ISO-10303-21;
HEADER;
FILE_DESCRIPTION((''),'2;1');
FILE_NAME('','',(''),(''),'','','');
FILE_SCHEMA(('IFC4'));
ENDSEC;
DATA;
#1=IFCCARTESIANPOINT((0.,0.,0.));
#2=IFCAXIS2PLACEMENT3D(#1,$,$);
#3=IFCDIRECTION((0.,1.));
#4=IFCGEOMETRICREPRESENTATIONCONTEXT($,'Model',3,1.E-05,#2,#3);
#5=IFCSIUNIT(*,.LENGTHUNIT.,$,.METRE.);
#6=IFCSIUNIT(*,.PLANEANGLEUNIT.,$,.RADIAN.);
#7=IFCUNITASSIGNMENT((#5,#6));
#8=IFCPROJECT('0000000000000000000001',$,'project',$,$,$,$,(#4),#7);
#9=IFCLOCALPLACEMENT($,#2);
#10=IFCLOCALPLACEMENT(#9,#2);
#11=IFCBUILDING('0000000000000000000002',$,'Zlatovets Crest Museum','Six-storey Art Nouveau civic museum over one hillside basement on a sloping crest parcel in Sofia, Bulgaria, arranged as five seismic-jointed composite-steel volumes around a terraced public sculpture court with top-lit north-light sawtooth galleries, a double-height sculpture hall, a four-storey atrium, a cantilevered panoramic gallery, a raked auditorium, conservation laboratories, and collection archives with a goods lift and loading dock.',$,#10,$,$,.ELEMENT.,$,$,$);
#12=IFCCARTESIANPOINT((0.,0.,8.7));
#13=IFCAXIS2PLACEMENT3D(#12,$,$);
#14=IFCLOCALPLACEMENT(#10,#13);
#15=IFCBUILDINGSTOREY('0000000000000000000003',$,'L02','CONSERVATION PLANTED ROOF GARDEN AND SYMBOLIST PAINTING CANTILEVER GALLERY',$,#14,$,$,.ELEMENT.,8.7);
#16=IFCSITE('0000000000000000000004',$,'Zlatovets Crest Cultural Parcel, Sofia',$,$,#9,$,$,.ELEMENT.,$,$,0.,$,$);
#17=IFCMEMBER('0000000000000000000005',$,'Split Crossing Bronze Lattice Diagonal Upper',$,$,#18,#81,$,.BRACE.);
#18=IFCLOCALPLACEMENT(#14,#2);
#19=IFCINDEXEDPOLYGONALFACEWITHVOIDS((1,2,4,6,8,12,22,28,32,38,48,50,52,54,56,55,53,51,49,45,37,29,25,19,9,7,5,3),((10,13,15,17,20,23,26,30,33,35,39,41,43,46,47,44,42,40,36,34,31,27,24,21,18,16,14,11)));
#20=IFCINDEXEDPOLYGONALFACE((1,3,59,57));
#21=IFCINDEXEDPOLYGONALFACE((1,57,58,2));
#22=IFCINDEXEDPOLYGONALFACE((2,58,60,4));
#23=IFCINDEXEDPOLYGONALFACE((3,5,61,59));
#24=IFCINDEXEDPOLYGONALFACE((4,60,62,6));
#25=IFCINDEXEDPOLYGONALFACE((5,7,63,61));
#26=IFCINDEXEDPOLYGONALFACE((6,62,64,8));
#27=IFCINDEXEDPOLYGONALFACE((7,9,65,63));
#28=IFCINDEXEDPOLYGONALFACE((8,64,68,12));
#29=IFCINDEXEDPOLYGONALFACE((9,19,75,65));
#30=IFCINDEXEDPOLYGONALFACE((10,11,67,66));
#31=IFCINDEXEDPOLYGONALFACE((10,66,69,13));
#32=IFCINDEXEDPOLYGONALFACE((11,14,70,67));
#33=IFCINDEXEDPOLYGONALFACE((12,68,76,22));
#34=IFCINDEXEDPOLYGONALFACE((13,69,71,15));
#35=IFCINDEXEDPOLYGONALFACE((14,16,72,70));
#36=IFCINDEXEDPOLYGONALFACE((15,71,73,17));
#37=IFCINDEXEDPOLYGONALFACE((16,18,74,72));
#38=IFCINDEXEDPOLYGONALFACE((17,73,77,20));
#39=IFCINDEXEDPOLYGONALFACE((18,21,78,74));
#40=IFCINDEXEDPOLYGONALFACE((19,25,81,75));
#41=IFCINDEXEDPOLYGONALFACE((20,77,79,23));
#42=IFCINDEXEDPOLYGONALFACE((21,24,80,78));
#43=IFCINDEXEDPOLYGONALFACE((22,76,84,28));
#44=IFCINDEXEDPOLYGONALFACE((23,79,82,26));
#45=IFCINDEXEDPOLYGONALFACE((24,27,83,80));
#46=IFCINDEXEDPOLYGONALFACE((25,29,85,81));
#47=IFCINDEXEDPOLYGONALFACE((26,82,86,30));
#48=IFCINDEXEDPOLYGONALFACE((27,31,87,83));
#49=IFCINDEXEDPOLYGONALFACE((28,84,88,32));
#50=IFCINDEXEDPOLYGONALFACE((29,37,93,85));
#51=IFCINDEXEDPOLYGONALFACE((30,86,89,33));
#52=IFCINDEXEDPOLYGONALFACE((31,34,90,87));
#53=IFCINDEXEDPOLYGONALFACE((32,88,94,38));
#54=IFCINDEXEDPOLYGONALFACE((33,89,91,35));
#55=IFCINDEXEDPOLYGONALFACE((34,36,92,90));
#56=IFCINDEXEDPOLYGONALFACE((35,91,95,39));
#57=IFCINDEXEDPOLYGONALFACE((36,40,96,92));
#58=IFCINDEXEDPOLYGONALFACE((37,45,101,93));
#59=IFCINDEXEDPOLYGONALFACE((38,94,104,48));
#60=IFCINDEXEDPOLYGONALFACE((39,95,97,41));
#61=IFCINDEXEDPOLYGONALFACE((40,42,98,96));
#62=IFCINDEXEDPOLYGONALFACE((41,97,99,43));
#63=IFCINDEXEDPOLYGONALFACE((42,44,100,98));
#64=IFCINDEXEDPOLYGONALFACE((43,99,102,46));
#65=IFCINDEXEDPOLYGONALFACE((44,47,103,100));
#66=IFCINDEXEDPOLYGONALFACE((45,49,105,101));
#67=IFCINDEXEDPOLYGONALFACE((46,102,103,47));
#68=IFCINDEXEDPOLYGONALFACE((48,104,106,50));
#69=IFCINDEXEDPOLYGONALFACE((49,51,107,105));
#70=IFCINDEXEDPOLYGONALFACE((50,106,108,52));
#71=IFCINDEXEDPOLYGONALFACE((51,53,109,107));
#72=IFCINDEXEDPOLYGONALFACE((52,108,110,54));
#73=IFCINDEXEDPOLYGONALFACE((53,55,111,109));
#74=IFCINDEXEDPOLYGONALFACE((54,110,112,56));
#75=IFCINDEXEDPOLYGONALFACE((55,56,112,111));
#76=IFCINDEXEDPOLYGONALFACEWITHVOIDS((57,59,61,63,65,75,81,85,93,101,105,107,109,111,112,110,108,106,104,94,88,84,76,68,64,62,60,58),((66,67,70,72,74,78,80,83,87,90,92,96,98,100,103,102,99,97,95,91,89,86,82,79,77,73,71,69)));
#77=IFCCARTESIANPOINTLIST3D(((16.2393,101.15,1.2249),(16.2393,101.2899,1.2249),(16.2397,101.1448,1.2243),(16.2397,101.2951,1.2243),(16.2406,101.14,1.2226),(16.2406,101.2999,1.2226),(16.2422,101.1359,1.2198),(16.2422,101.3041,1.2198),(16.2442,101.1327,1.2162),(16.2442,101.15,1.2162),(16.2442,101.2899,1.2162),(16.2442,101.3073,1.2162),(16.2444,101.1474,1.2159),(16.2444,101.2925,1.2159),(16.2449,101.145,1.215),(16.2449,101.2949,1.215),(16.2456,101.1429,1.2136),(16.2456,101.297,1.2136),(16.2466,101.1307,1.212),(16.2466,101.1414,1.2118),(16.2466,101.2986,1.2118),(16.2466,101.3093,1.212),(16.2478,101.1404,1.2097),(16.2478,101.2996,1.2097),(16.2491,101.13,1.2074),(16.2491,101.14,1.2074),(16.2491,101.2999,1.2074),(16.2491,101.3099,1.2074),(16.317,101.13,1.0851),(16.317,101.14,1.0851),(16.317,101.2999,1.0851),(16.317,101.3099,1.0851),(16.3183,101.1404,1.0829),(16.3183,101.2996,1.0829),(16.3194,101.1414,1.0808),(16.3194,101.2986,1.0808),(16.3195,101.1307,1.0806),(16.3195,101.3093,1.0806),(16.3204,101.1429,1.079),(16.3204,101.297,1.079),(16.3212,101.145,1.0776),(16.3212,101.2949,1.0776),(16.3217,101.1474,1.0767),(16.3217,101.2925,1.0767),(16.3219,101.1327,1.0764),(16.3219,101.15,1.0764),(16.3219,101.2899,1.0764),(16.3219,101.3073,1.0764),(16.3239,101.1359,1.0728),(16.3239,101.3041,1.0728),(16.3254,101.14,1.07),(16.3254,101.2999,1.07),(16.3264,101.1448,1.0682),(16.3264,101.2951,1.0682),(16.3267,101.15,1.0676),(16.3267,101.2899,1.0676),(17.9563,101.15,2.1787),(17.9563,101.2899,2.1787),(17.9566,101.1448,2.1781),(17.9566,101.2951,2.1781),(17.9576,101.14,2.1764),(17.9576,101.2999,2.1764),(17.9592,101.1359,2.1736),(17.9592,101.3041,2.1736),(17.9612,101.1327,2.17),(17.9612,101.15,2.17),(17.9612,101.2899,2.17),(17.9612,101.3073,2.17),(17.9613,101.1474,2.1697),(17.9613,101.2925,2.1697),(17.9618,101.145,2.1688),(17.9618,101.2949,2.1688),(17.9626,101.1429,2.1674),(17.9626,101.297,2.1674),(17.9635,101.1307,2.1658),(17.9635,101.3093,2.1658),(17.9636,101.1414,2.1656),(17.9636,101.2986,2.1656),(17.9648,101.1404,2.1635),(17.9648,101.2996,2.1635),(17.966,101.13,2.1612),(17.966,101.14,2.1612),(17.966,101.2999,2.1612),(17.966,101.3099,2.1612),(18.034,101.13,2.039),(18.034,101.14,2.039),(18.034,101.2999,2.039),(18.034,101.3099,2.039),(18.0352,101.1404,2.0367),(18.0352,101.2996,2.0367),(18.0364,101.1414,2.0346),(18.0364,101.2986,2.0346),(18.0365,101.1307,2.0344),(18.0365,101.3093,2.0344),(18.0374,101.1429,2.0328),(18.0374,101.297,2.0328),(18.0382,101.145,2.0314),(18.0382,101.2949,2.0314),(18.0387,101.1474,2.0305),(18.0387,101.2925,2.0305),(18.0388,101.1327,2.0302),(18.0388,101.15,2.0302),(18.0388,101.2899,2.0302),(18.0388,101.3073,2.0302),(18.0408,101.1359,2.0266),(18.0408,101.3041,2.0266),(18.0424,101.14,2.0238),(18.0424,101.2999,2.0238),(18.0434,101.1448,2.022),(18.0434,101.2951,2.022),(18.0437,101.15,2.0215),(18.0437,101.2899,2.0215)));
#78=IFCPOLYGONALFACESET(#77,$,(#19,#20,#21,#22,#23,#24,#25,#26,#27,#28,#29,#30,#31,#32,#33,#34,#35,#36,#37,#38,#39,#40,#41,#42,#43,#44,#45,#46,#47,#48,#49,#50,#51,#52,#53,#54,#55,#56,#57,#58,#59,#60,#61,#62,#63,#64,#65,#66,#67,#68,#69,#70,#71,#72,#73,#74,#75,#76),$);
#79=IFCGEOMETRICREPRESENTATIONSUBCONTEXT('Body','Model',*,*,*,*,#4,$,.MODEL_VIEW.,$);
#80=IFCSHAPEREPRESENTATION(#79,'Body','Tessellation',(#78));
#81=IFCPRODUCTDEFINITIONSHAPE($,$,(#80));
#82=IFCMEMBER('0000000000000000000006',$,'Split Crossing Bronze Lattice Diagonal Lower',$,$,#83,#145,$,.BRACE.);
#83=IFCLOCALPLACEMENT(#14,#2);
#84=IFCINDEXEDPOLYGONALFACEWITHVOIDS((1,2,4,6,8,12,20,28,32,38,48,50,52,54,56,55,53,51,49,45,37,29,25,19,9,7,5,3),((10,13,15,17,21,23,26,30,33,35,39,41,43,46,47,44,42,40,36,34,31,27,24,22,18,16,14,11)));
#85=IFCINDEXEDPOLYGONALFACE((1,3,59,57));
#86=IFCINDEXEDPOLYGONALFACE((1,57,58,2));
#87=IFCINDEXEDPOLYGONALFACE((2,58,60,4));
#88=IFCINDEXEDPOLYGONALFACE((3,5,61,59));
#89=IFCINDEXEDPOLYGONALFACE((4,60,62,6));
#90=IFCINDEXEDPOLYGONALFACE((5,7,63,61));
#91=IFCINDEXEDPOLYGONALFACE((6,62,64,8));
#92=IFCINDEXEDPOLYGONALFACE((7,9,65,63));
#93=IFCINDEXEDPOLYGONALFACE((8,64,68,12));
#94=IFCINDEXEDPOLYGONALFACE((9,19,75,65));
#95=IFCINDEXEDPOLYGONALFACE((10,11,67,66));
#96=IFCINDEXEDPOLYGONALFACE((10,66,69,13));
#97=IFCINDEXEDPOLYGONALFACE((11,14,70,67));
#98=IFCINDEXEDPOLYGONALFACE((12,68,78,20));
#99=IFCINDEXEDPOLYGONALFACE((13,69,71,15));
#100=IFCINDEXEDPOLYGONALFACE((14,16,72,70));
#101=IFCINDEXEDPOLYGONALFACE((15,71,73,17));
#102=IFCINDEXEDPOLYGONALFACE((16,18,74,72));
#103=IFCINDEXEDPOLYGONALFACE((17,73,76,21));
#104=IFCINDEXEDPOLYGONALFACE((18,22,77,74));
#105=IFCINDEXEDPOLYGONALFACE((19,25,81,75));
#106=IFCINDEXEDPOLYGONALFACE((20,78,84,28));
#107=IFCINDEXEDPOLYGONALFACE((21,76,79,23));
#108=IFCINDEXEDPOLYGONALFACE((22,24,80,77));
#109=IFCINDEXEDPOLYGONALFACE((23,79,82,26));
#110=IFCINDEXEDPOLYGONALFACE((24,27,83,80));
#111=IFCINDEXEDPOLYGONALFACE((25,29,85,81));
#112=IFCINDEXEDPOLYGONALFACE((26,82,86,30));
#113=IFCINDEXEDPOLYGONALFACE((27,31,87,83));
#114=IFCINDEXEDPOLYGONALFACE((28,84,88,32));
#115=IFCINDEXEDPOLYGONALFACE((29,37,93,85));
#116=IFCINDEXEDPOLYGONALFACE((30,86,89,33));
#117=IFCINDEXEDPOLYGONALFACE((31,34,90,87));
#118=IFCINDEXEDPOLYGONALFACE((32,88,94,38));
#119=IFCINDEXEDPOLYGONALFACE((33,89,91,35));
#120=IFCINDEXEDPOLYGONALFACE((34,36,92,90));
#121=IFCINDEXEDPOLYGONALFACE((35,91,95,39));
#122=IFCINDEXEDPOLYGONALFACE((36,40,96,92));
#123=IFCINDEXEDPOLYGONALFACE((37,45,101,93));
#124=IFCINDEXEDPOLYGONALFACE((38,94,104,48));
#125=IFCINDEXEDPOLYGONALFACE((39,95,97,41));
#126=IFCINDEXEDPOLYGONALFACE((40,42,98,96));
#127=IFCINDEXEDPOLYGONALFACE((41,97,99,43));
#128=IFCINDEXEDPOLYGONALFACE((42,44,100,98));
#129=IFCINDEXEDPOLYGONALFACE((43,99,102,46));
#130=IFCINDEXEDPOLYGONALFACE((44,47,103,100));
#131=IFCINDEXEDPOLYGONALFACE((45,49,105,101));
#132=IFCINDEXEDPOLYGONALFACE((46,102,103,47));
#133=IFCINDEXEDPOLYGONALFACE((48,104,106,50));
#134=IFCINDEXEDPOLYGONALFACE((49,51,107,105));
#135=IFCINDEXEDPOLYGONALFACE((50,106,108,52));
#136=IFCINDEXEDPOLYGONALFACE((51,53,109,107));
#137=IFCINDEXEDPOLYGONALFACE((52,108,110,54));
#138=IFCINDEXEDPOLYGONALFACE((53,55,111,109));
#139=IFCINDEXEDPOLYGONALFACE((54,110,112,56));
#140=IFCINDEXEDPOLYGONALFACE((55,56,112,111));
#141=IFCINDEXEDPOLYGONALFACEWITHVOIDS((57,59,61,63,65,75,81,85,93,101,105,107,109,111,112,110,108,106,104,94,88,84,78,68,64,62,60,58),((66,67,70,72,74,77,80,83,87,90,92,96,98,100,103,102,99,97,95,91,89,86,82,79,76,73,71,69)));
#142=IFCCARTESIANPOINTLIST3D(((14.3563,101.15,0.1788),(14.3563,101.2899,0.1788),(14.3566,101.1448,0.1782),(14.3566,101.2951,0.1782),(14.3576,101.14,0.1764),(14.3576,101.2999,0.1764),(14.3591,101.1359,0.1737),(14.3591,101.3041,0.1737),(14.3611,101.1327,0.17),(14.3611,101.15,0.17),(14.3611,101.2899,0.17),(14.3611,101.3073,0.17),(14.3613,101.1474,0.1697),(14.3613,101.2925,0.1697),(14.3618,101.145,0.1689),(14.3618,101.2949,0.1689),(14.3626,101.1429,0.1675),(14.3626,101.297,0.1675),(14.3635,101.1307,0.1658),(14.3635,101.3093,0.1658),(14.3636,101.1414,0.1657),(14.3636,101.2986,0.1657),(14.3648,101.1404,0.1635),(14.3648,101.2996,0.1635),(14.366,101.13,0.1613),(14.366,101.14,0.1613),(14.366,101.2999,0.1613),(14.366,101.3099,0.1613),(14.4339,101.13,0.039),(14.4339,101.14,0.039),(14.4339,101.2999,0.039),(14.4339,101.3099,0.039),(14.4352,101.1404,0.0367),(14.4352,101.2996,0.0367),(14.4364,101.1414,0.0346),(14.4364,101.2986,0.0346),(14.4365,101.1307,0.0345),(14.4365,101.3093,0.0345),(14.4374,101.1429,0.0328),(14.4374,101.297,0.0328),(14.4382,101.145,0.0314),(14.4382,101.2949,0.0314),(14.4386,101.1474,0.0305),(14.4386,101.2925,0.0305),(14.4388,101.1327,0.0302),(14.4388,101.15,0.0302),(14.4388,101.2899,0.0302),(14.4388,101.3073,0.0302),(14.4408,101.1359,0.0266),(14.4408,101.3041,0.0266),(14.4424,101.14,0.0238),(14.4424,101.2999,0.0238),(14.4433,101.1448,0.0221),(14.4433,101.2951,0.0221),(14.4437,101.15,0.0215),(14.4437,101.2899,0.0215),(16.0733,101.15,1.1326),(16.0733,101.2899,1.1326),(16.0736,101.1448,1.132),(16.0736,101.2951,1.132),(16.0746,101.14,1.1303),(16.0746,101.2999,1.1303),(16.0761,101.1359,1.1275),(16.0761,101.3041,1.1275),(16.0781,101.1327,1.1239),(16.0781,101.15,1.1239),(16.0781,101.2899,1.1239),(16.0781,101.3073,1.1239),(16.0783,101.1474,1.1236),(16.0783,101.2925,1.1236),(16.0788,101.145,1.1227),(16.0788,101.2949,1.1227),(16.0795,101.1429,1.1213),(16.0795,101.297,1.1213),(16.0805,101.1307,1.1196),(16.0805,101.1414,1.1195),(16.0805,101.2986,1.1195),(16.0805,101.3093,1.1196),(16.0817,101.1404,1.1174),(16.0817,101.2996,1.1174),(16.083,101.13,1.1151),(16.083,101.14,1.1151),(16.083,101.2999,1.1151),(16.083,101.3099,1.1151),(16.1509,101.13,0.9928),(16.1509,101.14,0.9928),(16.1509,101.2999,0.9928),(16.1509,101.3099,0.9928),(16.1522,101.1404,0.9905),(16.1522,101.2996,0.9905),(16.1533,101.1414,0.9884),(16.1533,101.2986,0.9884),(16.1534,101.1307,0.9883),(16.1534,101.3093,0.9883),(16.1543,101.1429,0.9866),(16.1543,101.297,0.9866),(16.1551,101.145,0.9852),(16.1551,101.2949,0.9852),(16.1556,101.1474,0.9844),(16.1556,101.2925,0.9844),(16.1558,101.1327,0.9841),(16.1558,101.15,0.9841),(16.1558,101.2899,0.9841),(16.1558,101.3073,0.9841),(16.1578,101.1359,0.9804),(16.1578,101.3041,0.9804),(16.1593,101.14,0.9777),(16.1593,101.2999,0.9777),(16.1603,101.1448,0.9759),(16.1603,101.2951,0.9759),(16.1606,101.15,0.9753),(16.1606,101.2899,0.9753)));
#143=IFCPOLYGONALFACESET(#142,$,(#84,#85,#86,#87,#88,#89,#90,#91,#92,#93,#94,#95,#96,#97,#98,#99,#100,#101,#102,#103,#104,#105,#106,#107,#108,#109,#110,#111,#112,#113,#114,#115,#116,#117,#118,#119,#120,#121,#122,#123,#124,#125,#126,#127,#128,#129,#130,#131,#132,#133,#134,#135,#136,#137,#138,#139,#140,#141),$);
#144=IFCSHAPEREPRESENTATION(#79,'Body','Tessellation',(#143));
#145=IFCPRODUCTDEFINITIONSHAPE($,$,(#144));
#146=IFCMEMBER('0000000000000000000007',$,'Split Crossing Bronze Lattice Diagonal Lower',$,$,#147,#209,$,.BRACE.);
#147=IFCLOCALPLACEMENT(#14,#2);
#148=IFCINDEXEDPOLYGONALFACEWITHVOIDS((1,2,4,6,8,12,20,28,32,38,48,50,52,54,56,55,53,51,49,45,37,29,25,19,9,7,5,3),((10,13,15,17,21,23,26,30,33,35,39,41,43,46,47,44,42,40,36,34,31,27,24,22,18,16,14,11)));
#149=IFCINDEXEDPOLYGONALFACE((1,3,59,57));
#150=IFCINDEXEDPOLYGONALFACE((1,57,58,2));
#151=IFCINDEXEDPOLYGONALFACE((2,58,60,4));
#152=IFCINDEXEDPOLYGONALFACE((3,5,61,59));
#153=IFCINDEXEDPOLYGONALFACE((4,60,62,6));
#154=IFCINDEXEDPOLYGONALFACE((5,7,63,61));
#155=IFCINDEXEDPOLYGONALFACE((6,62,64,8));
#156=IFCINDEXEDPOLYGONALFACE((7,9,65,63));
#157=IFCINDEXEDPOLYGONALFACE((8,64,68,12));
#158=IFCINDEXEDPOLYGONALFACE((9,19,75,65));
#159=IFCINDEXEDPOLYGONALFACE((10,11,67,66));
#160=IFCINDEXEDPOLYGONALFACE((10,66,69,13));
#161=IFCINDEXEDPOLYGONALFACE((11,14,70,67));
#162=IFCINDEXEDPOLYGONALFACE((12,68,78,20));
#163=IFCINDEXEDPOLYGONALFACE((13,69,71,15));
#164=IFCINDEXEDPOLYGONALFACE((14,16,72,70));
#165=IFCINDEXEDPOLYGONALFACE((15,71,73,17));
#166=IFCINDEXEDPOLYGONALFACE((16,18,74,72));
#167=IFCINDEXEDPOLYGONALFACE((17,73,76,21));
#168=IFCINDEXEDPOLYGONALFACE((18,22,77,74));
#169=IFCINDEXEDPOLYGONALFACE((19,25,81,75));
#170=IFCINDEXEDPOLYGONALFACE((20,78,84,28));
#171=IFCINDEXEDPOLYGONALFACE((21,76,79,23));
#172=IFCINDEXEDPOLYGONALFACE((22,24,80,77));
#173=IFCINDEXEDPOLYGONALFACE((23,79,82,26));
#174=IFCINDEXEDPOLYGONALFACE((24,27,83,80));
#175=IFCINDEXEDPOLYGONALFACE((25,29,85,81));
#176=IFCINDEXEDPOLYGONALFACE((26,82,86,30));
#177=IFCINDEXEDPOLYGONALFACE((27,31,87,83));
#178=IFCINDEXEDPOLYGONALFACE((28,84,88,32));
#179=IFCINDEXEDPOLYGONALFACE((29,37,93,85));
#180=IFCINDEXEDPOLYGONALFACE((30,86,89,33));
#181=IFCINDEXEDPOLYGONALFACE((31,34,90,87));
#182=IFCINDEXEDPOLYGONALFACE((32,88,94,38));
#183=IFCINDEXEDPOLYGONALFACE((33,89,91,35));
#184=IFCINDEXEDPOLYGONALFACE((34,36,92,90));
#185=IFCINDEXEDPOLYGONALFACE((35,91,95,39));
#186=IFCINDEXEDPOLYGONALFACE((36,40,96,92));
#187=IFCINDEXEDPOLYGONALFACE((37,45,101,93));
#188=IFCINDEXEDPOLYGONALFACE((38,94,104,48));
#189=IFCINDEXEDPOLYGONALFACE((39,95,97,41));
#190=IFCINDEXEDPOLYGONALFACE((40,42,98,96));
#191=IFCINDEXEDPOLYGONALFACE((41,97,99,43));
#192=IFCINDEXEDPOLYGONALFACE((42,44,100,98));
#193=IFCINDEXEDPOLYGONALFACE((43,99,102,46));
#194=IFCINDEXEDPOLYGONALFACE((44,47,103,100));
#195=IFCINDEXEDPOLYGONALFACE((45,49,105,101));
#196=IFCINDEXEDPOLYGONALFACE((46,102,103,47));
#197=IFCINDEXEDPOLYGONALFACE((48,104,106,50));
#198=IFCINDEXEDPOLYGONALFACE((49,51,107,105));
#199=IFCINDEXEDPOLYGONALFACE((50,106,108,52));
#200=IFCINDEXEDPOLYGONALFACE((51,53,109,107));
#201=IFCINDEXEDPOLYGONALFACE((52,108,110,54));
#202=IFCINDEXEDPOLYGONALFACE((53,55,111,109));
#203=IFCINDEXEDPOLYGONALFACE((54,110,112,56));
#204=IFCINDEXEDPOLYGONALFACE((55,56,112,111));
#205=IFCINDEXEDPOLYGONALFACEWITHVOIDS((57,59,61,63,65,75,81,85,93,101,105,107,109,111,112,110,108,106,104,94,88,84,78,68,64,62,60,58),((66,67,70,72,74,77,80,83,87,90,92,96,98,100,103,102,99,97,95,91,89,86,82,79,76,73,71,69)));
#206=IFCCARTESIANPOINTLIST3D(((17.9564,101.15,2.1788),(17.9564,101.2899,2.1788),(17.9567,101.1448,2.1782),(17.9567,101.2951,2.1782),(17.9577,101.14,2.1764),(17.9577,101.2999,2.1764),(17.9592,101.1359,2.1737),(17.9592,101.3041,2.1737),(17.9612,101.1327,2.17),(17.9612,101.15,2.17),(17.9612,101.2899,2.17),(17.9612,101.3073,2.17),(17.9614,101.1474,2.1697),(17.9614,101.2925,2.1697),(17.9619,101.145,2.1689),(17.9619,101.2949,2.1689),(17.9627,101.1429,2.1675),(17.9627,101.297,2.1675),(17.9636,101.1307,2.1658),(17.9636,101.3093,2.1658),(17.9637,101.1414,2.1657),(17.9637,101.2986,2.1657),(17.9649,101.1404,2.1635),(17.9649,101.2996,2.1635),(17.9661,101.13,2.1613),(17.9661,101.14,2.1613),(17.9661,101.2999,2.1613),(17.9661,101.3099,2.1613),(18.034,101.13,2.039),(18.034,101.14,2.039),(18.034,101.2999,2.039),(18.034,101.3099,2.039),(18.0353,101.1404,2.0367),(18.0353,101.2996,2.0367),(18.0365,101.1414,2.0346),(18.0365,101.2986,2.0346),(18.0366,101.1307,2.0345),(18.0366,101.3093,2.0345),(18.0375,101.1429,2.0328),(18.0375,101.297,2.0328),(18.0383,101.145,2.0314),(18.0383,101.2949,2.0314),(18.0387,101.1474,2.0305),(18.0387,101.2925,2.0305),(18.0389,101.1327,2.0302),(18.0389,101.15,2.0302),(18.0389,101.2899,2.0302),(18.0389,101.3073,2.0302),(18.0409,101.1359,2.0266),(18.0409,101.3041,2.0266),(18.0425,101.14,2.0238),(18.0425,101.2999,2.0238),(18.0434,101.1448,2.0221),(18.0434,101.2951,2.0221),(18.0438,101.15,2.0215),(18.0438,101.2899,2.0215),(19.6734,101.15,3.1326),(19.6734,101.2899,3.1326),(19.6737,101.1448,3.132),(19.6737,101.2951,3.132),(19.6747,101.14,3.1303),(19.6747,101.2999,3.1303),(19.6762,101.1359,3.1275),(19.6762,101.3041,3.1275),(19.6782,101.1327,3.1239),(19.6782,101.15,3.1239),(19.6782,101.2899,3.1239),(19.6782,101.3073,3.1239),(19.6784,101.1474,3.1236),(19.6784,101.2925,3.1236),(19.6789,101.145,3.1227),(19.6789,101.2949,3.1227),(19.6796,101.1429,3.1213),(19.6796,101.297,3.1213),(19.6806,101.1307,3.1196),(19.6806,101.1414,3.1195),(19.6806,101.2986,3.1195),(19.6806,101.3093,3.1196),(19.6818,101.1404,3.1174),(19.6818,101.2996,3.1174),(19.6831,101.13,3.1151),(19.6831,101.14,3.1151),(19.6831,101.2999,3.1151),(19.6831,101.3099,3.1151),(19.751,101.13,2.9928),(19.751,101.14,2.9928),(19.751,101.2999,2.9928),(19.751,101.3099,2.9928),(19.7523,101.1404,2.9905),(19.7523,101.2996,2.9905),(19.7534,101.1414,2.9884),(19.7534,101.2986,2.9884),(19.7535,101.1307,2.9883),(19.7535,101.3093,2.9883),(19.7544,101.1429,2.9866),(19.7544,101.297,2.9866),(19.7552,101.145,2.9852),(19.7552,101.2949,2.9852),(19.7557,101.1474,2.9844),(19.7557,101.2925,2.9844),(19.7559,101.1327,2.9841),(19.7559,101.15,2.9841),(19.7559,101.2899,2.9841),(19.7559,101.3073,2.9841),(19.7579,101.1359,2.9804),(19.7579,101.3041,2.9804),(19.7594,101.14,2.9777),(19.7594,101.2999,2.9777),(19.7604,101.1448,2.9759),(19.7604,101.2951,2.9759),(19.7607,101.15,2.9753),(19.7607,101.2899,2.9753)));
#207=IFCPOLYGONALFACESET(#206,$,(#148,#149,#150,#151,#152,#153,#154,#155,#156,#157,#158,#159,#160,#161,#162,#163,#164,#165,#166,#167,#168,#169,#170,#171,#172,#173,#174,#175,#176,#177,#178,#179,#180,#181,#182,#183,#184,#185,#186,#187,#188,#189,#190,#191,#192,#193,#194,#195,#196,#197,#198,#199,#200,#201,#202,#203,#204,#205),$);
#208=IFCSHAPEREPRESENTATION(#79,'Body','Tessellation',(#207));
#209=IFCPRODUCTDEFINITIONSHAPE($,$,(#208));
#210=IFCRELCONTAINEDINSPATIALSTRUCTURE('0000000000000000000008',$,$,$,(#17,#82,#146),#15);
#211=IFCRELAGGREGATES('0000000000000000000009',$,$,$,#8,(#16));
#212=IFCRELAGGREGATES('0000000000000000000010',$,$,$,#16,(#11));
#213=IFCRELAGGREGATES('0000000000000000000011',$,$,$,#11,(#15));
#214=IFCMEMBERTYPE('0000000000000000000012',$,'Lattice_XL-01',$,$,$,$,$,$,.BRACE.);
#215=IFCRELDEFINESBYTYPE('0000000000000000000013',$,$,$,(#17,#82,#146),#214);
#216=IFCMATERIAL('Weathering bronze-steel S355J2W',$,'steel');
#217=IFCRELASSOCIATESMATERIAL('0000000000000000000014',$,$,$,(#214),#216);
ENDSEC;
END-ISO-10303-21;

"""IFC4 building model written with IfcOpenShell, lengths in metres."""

from ifc_helpers import new_model, si_unit, direction, frame, origin, origin_2d, place, context, subcontext, project, spatial, hollow_rectangle, extrude, material, material_profile, profile_set, type_object, element, save


model = new_model("IFC4")

# Units and contexts
model_context = context("Model", 3, precision=1e-05, world=origin(), true_north=direction((0.0, 1.0)))
body_context = subcontext(model_context, "Body", "Model", "MODEL_VIEW")
ifc_project = project(units=[si_unit("LENGTHUNIT", "METRE"), si_unit("PLANEANGLEUNIT", "RADIAN")], contexts=[model_context])

# Site, building, storey
site_placement = place(None, origin())
site = spatial("IfcSite", under=ifc_project, at=site_placement, Name="Zlatovets Crest Cultural Parcel, Sofia", CompositionType="ELEMENT", RefElevation=0.0)
building_placement = place(site_placement, origin())
building = spatial("IfcBuilding", under=site, at=building_placement, Name="Zlatovets Crest Museum", Description="Six-storey Art Nouveau civic museum over one hillside basement on a sloping crest parcel in Sofia, Bulgaria, arranged as five seismic-jointed composite-steel volumes around a terraced public sculpture court with top-lit north-light sawtooth galleries, a double-height sculpture hall, a four-storey atrium, a cantilevered panoramic gallery, a raked auditorium, conservation laboratories, and collection archives with a goods lift and loading dock.", CompositionType="ELEMENT")
storey_placement = place(building_placement, frame((0.0, 0.0, 8.7)))
storey = spatial("IfcBuildingStorey", under=building, at=storey_placement, Name="L02", Description="CONSERVATION PLANTED ROOF GARDEN AND SYMBOLIST PAINTING CANTILEVER GALLERY", CompositionType="ELEMENT", Elevation=8.7)

# Members
ifc_material_1 = material(Name="Weathering bronze-steel S355J2W", Category="steel")
ifc_material_profile_1 = material_profile(ifc_material_1, hollow_rectangle(XDim=0.1799, YDim=0.1799, WallThickness=0.01, InnerFilletRadius=0.01, OuterFilletRadius=0.02, at=origin_2d()), Name="SHS 180x180x10.0")
ifc_profile_set_1 = profile_set([ifc_material_profile_1], Name="Weathering bronze-steel S355J2W")
member_type_1 = type_object("IfcMemberType", Name="Lattice_XL-01", PredefinedType="BRACE", material=ifc_profile_set_1)
for number, where, z_axis, x_axis, name in (
    (1, (18.0, 101.22, 2.1001), (-0.874169, 0.0, -0.485622), (0.0, -1.0, 0.0), "Split Crossing Bronze Lattice Diagonal Upper"),
    (2, (16.1169, 101.22, 1.054), (-0.874169, 0.0, -0.485622), (0.0, -1.0, 0.0), "Split Crossing Bronze Lattice Diagonal Lower"),
    (3, (19.717, 101.22, 3.054), (-0.874169, 0.0, -0.485622), (0.0, -1.0, 0.0), "Split Crossing Bronze Lattice Diagonal Lower"),
):
    element("IfcMember", number, at=place(storey_placement, frame(where, z_axis=z_axis, x_axis=x_axis)), inside=storey, type_object=member_type_1, Name=name, PredefinedType="BRACE", context=body_context, shape_type="SweptSolid", body=[
        extrude(hollow_rectangle(XDim=0.1799, YDim=0.1799, WallThickness=0.01, InnerFilletRadius=0.01, OuterFilletRadius=0.02, at=origin_2d()), origin(), (0.0, 0.0, 1.0), 1.9641),
    ])

save(model, "model.ifc")
